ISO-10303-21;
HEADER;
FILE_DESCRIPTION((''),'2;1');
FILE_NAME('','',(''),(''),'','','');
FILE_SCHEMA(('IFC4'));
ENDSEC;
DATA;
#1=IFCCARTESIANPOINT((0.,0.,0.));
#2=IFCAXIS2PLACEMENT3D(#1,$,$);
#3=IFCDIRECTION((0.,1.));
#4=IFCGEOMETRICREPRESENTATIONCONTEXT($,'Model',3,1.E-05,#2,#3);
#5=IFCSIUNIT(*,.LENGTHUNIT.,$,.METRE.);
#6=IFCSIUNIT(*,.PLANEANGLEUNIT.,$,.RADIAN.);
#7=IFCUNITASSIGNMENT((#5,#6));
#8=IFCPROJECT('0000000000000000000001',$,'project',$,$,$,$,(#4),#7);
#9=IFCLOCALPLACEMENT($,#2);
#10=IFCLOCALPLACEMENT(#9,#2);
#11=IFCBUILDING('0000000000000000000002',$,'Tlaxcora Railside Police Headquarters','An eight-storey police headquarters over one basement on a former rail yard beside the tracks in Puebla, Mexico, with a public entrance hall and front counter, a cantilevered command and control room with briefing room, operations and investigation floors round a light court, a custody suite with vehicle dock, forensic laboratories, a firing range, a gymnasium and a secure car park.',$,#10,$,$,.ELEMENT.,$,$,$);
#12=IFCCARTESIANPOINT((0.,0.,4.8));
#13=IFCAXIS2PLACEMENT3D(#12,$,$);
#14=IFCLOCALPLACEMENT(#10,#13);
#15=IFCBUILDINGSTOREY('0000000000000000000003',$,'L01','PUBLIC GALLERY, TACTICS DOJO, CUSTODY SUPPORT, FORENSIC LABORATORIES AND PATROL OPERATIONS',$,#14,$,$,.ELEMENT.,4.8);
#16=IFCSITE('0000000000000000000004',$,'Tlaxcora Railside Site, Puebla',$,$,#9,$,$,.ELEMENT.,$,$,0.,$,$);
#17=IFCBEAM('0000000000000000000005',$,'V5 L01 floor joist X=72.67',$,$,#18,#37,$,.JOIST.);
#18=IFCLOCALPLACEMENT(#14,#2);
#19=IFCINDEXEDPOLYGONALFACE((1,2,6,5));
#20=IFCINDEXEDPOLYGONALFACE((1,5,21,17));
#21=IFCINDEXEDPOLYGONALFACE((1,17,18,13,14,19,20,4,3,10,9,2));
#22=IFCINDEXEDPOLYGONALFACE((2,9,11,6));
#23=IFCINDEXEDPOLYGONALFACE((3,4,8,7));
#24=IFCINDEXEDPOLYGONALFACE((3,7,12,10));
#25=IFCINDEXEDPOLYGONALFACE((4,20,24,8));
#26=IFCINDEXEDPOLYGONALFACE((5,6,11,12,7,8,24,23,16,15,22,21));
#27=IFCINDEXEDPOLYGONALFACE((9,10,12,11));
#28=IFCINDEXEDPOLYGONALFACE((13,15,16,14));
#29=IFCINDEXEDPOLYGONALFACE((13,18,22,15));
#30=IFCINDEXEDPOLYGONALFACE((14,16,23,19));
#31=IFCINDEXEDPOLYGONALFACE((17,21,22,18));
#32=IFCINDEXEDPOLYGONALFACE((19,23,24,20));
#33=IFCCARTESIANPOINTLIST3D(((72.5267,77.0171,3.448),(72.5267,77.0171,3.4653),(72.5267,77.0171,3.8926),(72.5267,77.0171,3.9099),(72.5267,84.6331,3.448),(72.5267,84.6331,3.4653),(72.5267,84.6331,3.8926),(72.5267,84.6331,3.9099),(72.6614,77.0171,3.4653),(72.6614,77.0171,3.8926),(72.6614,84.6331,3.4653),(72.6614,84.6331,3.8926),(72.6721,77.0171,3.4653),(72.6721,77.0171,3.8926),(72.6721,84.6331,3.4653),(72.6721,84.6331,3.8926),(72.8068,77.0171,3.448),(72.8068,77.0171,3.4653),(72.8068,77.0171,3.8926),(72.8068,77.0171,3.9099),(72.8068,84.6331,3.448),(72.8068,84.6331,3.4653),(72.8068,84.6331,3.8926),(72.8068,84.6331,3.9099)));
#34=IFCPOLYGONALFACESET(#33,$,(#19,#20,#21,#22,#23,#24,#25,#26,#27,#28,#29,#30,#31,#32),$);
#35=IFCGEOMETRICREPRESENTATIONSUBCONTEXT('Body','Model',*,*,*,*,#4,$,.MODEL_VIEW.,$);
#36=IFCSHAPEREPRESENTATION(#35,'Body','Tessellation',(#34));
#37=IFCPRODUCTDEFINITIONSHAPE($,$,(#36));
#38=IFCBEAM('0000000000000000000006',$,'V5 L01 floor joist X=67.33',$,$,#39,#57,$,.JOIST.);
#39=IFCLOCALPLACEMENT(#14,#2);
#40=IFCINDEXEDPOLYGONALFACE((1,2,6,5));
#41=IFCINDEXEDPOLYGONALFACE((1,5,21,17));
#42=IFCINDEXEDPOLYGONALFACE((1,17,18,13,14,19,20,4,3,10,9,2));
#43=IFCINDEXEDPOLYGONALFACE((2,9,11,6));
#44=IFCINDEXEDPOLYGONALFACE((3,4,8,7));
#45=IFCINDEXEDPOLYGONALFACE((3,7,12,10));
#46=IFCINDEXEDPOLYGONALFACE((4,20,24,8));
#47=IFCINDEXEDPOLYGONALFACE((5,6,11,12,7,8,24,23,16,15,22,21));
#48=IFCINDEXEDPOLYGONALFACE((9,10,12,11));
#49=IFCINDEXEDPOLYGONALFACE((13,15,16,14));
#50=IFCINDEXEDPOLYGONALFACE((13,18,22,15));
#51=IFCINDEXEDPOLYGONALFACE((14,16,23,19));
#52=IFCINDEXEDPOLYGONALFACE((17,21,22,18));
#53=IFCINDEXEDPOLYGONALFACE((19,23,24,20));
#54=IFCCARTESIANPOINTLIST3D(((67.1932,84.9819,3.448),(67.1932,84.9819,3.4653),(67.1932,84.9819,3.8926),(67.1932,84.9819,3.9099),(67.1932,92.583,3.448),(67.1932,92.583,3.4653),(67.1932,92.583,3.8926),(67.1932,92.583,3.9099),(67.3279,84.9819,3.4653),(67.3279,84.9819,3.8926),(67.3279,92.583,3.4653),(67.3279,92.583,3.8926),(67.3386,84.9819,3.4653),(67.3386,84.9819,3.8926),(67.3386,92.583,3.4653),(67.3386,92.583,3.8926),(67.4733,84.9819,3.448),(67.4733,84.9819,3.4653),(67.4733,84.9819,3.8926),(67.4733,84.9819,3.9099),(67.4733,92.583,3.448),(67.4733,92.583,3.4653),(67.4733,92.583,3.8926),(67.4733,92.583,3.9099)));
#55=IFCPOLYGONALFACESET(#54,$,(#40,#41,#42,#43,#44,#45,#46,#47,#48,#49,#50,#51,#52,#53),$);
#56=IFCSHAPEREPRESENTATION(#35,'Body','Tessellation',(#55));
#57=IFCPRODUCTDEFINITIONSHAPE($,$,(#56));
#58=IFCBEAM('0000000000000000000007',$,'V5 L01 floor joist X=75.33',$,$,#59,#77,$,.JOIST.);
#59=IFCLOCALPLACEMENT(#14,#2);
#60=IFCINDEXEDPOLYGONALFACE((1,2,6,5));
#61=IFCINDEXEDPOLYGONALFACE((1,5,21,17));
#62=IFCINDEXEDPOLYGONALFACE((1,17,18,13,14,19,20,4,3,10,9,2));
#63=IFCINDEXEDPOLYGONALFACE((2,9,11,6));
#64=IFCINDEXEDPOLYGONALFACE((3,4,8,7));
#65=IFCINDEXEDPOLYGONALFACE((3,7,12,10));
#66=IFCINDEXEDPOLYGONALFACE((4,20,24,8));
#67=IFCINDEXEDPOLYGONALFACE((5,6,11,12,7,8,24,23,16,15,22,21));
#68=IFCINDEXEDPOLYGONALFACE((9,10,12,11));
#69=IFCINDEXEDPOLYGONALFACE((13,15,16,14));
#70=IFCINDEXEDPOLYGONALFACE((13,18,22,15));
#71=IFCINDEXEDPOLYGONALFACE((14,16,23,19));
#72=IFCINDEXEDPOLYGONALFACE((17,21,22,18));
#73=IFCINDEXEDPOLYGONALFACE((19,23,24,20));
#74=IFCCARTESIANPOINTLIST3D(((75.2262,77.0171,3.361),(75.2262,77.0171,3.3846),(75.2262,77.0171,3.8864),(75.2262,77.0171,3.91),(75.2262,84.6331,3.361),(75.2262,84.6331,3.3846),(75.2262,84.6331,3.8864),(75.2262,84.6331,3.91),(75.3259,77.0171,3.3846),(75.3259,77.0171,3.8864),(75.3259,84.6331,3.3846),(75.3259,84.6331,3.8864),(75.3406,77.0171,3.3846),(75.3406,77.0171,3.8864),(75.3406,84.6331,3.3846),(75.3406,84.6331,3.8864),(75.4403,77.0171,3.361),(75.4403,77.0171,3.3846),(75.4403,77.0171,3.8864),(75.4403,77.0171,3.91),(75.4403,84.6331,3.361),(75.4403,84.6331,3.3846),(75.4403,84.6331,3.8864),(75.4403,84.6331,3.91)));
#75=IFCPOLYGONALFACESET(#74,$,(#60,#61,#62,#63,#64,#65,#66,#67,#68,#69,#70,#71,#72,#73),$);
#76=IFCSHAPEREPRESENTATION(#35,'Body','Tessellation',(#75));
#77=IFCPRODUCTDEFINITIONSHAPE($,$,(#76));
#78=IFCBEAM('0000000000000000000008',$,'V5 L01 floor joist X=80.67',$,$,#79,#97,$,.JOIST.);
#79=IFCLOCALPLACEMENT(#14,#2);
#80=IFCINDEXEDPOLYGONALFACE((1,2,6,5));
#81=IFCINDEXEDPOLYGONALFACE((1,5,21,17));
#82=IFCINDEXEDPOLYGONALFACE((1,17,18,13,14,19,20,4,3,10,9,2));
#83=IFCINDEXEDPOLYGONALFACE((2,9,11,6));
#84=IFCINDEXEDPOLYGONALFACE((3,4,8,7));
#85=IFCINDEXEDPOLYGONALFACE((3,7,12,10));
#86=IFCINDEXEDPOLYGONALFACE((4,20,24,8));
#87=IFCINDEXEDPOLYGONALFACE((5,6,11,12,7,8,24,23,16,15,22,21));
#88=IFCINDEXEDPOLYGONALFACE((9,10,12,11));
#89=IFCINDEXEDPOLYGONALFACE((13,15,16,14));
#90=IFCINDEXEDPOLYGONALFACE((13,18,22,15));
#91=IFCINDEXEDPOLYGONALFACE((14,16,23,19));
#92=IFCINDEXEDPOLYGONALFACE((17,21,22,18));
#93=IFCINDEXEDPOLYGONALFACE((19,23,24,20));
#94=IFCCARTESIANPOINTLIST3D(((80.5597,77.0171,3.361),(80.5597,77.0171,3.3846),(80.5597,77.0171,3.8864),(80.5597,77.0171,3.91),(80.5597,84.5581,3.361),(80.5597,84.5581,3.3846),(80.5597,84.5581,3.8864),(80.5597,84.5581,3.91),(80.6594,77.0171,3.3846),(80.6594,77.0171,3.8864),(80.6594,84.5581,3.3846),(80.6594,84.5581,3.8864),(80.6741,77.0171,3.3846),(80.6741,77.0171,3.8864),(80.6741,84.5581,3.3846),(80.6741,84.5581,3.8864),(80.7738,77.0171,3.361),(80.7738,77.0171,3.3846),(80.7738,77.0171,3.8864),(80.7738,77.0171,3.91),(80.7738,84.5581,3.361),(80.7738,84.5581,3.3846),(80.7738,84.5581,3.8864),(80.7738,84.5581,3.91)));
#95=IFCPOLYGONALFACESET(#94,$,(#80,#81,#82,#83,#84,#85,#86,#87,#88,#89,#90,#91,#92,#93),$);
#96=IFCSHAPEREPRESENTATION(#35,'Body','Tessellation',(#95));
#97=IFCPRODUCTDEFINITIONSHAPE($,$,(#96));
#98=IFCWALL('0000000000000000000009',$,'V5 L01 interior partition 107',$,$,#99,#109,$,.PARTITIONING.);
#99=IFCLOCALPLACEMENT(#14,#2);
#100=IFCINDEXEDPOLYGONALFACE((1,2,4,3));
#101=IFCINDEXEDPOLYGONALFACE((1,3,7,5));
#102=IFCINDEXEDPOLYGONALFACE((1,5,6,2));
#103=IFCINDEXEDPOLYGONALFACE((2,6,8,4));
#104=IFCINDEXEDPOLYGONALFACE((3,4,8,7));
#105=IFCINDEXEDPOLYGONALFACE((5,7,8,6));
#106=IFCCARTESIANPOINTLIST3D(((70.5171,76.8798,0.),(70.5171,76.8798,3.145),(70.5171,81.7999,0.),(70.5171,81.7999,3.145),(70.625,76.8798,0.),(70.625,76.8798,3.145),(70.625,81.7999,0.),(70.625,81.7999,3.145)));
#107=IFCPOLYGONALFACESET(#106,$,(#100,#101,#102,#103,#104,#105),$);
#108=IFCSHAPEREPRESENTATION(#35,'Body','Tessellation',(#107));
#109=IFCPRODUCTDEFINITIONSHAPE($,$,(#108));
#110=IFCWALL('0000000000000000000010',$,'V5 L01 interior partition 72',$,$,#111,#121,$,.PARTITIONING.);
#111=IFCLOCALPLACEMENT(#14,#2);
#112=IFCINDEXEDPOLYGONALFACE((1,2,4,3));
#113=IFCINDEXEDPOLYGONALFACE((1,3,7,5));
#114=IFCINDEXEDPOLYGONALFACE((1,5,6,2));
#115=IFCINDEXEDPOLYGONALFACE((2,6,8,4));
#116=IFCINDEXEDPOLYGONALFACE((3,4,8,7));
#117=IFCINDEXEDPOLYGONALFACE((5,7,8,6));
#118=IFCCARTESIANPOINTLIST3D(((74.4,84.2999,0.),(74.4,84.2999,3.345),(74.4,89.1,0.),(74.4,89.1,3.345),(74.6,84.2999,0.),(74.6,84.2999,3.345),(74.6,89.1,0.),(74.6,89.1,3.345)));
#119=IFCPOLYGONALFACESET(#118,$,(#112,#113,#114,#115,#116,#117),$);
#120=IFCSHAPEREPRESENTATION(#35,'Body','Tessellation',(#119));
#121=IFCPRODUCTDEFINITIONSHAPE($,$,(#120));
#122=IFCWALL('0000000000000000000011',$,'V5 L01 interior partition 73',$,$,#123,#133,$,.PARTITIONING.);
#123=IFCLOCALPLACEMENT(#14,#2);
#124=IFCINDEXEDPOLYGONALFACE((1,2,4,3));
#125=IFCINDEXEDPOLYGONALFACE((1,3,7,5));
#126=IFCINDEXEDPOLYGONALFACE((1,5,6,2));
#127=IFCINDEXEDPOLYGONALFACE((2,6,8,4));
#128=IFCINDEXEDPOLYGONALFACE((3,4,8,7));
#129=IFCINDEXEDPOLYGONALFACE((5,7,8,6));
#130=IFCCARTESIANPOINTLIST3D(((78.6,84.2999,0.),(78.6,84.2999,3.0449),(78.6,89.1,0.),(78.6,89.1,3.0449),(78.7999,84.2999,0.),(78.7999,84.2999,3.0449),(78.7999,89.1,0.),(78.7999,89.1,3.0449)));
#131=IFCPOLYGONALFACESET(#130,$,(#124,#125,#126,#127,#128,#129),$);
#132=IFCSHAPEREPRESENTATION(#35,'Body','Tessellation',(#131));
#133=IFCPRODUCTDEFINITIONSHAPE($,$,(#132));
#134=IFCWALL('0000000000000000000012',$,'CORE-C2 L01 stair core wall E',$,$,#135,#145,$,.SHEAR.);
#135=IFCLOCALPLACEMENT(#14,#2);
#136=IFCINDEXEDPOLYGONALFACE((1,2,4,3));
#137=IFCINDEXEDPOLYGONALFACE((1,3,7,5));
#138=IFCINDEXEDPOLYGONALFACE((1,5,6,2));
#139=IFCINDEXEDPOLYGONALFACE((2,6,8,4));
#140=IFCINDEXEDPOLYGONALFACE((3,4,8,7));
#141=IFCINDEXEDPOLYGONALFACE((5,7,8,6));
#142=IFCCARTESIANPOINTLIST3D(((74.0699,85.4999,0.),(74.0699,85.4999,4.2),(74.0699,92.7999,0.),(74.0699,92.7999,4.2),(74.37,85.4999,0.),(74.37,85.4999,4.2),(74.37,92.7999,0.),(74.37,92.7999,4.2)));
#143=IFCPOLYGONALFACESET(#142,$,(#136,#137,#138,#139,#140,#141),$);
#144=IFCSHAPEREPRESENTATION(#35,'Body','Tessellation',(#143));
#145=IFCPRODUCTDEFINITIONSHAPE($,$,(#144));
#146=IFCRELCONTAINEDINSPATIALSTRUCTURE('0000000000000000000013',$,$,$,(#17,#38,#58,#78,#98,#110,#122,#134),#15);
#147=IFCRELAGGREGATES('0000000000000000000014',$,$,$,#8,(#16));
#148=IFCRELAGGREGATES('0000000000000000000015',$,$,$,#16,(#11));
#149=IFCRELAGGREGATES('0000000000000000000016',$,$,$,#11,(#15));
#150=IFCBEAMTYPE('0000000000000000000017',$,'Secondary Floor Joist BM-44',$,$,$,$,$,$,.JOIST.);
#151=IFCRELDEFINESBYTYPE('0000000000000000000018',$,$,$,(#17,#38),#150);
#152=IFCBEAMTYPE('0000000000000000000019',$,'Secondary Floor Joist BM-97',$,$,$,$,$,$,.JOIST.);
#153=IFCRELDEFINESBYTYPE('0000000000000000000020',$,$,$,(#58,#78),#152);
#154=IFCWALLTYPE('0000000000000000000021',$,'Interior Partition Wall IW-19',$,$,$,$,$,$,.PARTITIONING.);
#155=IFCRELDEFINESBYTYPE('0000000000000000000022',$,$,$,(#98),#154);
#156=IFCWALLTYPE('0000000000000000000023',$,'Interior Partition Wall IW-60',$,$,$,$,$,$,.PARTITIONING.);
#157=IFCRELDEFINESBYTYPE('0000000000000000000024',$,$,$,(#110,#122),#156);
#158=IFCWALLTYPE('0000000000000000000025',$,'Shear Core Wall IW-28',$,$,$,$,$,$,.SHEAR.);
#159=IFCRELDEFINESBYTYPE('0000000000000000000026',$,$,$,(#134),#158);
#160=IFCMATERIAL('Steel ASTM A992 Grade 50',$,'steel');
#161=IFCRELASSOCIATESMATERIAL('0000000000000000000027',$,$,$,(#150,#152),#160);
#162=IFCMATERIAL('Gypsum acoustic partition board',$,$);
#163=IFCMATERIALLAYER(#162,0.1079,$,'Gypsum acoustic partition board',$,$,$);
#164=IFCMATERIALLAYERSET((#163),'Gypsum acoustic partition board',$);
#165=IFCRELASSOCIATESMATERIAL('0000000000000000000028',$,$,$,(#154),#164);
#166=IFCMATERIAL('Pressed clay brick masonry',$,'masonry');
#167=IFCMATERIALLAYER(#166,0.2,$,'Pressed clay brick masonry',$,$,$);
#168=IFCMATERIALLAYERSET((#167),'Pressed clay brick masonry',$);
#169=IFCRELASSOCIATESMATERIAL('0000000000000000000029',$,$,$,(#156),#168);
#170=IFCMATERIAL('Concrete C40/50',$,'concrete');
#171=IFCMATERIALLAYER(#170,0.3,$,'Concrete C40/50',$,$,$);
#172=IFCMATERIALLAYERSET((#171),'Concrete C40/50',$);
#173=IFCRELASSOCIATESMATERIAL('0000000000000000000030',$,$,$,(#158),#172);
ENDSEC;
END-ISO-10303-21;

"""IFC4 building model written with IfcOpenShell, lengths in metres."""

from ifc_helpers import new_model, si_unit, direction, frame, frame_2d, origin, origin_2d, place, context, subcontext, project, spatial, rectangle, i_section, extrude, material, layer, layer_set, material_profile, profile_set, type_object, element, save


model = new_model("IFC4")

# Units and contexts
model_context = context("Model", 3, precision=1e-05, world=origin(), true_north=direction((0.0, 1.0)))
body_context = subcontext(model_context, "Body", "Model", "MODEL_VIEW")
ifc_project = project(units=[si_unit("LENGTHUNIT", "METRE"), si_unit("PLANEANGLEUNIT", "RADIAN")], contexts=[model_context])

# Site, building, storey
site_placement = place(None, origin())
site = spatial("IfcSite", under=ifc_project, at=site_placement, Name="Tlaxcora Railside Site, Puebla", CompositionType="ELEMENT", RefElevation=0.0)
building_placement = place(site_placement, origin())
building = spatial("IfcBuilding", under=site, at=building_placement, Name="Tlaxcora Railside Police Headquarters", Description="An eight-storey police headquarters over one basement on a former rail yard beside the tracks in Puebla, Mexico, with a public entrance hall and front counter, a cantilevered command and control room with briefing room, operations and investigation floors round a light court, a custody suite with vehicle dock, forensic laboratories, a firing range, a gymnasium and a secure car park.", CompositionType="ELEMENT")
storey_placement = place(building_placement, frame((0.0, 0.0, 4.8)))
storey = spatial("IfcBuildingStorey", under=building, at=storey_placement, Name="L01", Description="PUBLIC GALLERY, TACTICS DOJO, CUSTODY SUPPORT, FORENSIC LABORATORIES AND PATROL OPERATIONS", CompositionType="ELEMENT", Elevation=4.8)

# Shared definitions
ifc_material_1 = material(Name="Concrete C40/50", Category="concrete")

# Beams
ifc_material_2 = material(Name="Steel ASTM A992 Grade 50", Category="steel")
ifc_material_profile_1 = material_profile(ifc_material_2, i_section(OverallWidth=0.28, OverallDepth=0.4619, WebThickness=0.0107, FlangeThickness=0.0173, at=origin_2d()), Name="W18X76")
ifc_profile_set_1 = profile_set([ifc_material_profile_1], Name="Steel ASTM A992 Grade 50")
beam_type_1 = type_object("IfcBeamType", Name="Secondary Floor Joist BM-44", PredefinedType="JOIST", material=ifc_profile_set_1)
beam_1_placement = place(storey_placement, frame((72.6667, 77.0171, 3.679), z_axis=(0.0, 1.0, 0.0), x_axis=(-1.0, 0.0, 0.0)))
element("IfcBeam", 1, at=beam_1_placement, inside=storey, type_object=beam_type_1, Name="V5 L01 floor joist X=72.67", PredefinedType="JOIST", context=body_context, shape_type="SweptSolid", body=[
    extrude(i_section(OverallWidth=0.28, OverallDepth=0.4619, WebThickness=0.0107, FlangeThickness=0.0173, at=origin_2d()), origin(), (0.0, 0.0, 1.0), 7.616),
])
beam_2_placement = place(storey_placement, frame((67.3333, 84.9819, 3.679), z_axis=(0.0, 1.0, 0.0), x_axis=(-1.0, 0.0, 0.0)))
element("IfcBeam", 2, at=beam_2_placement, inside=storey, type_object=beam_type_1, Name="V5 L01 floor joist X=67.33", PredefinedType="JOIST", context=body_context, shape_type="SweptSolid", body=[
    extrude(i_section(OverallWidth=0.28, OverallDepth=0.4619, WebThickness=0.0107, FlangeThickness=0.0173, at=origin_2d()), origin(), (0.0, 0.0, 1.0), 7.6011),
])
ifc_material_profile_2 = material_profile(ifc_material_2, i_section(OverallWidth=0.2141, OverallDepth=0.5491, WebThickness=0.0146, FlangeThickness=0.0237, at=origin_2d()), Name="W21X93")
ifc_profile_set_2 = profile_set([ifc_material_profile_2], Name="Steel ASTM A992 Grade 50")
beam_type_2 = type_object("IfcBeamType", Name="Secondary Floor Joist BM-97", PredefinedType="JOIST", material=ifc_profile_set_2)
beam_3_placement = place(storey_placement, frame((75.3333, 77.0171, 3.6355), z_axis=(0.0, 1.0, 0.0), x_axis=(-1.0, 0.0, 0.0)))
element("IfcBeam", 3, at=beam_3_placement, inside=storey, type_object=beam_type_2, Name="V5 L01 floor joist X=75.33", PredefinedType="JOIST", context=body_context, shape_type="SweptSolid", body=[
    extrude(i_section(OverallWidth=0.2141, OverallDepth=0.5491, WebThickness=0.0146, FlangeThickness=0.0237, at=origin_2d()), origin(), (0.0, 0.0, 1.0), 7.616),
])
beam_4_placement = place(storey_placement, frame((80.6667, 77.0171, 3.6355), z_axis=(0.0, 1.0, 0.0), x_axis=(-1.0, 0.0, 0.0)))
element("IfcBeam", 4, at=beam_4_placement, inside=storey, type_object=beam_type_2, Name="V5 L01 floor joist X=80.67", PredefinedType="JOIST", context=body_context, shape_type="SweptSolid", body=[
    extrude(i_section(OverallWidth=0.2141, OverallDepth=0.5491, WebThickness=0.0146, FlangeThickness=0.0237, at=origin_2d()), origin(), (0.0, 0.0, 1.0), 7.541),
])

# Wall
ifc_material_3 = material(Name="Gypsum acoustic partition board")
ifc_layer_1 = layer(ifc_material_3, 0.1079, Name="Gypsum acoustic partition board")
ifc_layer_set_1 = layer_set([ifc_layer_1], Name="Gypsum acoustic partition board")
wall_type_1 = type_object("IfcWallType", Name="Interior Partition Wall IW-19", PredefinedType="PARTITIONING", material=ifc_layer_set_1)
wall_1_placement = place(storey_placement, frame((70.571, 76.8799, 0.0), z_axis=(0.0, 0.0, 1.0), x_axis=(0.0, 1.0, 0.0)))
element("IfcWall", 5, at=wall_1_placement, inside=storey, type_object=wall_type_1, Name="V5 L01 interior partition 107", PredefinedType="PARTITIONING", context=body_context, shape_type="SweptSolid", body=[
    extrude(rectangle(XDim=4.9202, YDim=0.1079, at=frame_2d((2.46, 0.0))), origin(), (0.0, 0.0, 1.0), 3.145),
])

# Shared definitions
ifc_material_4 = material(Name="Pressed clay brick masonry", Category="masonry")
ifc_layer_2 = layer(ifc_material_4, 0.2, Name="Pressed clay brick masonry")
ifc_layer_set_2 = layer_set([ifc_layer_2], Name="Pressed clay brick masonry")
wall_type_2 = type_object("IfcWallType", Name="Interior Partition Wall IW-60", PredefinedType="PARTITIONING", material=ifc_layer_set_2)

# Walls
wall_2_placement = place(storey_placement, frame((74.5, 84.3, 0.0), z_axis=(0.0, 0.0, 1.0), x_axis=(0.0, 1.0, 0.0)))
element("IfcWall", 6, at=wall_2_placement, inside=storey, type_object=wall_type_2, Name="V5 L01 interior partition 72", PredefinedType="PARTITIONING", context=body_context, shape_type="SweptSolid", body=[
    extrude(rectangle(XDim=4.8, YDim=0.2, at=frame_2d((2.3999, 0.0))), origin(), (0.0, 0.0, 1.0), 3.345),
])
wall_3_placement = place(storey_placement, frame((78.7, 84.3, 0.0), z_axis=(0.0, 0.0, 1.0), x_axis=(0.0, 1.0, 0.0)))
element("IfcWall", 7, at=wall_3_placement, inside=storey, type_object=wall_type_2, Name="V5 L01 interior partition 73", PredefinedType="PARTITIONING", context=body_context, shape_type="SweptSolid", body=[
    extrude(rectangle(XDim=4.8, YDim=0.2, at=frame_2d((2.3999, 0.0))), origin(), (0.0, 0.0, 1.0), 3.0449),
])

# Shared definitions
ifc_layer_3 = layer(ifc_material_1, 0.3, Name="Concrete C40/50")
ifc_layer_set_3 = layer_set([ifc_layer_3], Name="Concrete C40/50")
wall_type_3 = type_object("IfcWallType", Name="Shear Core Wall IW-28", PredefinedType="SHEAR", material=ifc_layer_set_3)

# Wall
wall_4_placement = place(storey_placement, frame((74.22, 85.5, 0.0), z_axis=(0.0, 0.0, 1.0), x_axis=(0.0, 1.0, 0.0)))
element("IfcWall", 8, at=wall_4_placement, inside=storey, type_object=wall_type_3, Name="CORE-C2 L01 stair core wall E", PredefinedType="SHEAR", context=body_context, shape_type="SweptSolid", body=[
    extrude(rectangle(XDim=7.3, YDim=0.3, at=frame_2d((3.6499, 0.0))), origin(), (0.0, 0.0, 1.0), 4.2),
])

save(model, "model.ifc")
